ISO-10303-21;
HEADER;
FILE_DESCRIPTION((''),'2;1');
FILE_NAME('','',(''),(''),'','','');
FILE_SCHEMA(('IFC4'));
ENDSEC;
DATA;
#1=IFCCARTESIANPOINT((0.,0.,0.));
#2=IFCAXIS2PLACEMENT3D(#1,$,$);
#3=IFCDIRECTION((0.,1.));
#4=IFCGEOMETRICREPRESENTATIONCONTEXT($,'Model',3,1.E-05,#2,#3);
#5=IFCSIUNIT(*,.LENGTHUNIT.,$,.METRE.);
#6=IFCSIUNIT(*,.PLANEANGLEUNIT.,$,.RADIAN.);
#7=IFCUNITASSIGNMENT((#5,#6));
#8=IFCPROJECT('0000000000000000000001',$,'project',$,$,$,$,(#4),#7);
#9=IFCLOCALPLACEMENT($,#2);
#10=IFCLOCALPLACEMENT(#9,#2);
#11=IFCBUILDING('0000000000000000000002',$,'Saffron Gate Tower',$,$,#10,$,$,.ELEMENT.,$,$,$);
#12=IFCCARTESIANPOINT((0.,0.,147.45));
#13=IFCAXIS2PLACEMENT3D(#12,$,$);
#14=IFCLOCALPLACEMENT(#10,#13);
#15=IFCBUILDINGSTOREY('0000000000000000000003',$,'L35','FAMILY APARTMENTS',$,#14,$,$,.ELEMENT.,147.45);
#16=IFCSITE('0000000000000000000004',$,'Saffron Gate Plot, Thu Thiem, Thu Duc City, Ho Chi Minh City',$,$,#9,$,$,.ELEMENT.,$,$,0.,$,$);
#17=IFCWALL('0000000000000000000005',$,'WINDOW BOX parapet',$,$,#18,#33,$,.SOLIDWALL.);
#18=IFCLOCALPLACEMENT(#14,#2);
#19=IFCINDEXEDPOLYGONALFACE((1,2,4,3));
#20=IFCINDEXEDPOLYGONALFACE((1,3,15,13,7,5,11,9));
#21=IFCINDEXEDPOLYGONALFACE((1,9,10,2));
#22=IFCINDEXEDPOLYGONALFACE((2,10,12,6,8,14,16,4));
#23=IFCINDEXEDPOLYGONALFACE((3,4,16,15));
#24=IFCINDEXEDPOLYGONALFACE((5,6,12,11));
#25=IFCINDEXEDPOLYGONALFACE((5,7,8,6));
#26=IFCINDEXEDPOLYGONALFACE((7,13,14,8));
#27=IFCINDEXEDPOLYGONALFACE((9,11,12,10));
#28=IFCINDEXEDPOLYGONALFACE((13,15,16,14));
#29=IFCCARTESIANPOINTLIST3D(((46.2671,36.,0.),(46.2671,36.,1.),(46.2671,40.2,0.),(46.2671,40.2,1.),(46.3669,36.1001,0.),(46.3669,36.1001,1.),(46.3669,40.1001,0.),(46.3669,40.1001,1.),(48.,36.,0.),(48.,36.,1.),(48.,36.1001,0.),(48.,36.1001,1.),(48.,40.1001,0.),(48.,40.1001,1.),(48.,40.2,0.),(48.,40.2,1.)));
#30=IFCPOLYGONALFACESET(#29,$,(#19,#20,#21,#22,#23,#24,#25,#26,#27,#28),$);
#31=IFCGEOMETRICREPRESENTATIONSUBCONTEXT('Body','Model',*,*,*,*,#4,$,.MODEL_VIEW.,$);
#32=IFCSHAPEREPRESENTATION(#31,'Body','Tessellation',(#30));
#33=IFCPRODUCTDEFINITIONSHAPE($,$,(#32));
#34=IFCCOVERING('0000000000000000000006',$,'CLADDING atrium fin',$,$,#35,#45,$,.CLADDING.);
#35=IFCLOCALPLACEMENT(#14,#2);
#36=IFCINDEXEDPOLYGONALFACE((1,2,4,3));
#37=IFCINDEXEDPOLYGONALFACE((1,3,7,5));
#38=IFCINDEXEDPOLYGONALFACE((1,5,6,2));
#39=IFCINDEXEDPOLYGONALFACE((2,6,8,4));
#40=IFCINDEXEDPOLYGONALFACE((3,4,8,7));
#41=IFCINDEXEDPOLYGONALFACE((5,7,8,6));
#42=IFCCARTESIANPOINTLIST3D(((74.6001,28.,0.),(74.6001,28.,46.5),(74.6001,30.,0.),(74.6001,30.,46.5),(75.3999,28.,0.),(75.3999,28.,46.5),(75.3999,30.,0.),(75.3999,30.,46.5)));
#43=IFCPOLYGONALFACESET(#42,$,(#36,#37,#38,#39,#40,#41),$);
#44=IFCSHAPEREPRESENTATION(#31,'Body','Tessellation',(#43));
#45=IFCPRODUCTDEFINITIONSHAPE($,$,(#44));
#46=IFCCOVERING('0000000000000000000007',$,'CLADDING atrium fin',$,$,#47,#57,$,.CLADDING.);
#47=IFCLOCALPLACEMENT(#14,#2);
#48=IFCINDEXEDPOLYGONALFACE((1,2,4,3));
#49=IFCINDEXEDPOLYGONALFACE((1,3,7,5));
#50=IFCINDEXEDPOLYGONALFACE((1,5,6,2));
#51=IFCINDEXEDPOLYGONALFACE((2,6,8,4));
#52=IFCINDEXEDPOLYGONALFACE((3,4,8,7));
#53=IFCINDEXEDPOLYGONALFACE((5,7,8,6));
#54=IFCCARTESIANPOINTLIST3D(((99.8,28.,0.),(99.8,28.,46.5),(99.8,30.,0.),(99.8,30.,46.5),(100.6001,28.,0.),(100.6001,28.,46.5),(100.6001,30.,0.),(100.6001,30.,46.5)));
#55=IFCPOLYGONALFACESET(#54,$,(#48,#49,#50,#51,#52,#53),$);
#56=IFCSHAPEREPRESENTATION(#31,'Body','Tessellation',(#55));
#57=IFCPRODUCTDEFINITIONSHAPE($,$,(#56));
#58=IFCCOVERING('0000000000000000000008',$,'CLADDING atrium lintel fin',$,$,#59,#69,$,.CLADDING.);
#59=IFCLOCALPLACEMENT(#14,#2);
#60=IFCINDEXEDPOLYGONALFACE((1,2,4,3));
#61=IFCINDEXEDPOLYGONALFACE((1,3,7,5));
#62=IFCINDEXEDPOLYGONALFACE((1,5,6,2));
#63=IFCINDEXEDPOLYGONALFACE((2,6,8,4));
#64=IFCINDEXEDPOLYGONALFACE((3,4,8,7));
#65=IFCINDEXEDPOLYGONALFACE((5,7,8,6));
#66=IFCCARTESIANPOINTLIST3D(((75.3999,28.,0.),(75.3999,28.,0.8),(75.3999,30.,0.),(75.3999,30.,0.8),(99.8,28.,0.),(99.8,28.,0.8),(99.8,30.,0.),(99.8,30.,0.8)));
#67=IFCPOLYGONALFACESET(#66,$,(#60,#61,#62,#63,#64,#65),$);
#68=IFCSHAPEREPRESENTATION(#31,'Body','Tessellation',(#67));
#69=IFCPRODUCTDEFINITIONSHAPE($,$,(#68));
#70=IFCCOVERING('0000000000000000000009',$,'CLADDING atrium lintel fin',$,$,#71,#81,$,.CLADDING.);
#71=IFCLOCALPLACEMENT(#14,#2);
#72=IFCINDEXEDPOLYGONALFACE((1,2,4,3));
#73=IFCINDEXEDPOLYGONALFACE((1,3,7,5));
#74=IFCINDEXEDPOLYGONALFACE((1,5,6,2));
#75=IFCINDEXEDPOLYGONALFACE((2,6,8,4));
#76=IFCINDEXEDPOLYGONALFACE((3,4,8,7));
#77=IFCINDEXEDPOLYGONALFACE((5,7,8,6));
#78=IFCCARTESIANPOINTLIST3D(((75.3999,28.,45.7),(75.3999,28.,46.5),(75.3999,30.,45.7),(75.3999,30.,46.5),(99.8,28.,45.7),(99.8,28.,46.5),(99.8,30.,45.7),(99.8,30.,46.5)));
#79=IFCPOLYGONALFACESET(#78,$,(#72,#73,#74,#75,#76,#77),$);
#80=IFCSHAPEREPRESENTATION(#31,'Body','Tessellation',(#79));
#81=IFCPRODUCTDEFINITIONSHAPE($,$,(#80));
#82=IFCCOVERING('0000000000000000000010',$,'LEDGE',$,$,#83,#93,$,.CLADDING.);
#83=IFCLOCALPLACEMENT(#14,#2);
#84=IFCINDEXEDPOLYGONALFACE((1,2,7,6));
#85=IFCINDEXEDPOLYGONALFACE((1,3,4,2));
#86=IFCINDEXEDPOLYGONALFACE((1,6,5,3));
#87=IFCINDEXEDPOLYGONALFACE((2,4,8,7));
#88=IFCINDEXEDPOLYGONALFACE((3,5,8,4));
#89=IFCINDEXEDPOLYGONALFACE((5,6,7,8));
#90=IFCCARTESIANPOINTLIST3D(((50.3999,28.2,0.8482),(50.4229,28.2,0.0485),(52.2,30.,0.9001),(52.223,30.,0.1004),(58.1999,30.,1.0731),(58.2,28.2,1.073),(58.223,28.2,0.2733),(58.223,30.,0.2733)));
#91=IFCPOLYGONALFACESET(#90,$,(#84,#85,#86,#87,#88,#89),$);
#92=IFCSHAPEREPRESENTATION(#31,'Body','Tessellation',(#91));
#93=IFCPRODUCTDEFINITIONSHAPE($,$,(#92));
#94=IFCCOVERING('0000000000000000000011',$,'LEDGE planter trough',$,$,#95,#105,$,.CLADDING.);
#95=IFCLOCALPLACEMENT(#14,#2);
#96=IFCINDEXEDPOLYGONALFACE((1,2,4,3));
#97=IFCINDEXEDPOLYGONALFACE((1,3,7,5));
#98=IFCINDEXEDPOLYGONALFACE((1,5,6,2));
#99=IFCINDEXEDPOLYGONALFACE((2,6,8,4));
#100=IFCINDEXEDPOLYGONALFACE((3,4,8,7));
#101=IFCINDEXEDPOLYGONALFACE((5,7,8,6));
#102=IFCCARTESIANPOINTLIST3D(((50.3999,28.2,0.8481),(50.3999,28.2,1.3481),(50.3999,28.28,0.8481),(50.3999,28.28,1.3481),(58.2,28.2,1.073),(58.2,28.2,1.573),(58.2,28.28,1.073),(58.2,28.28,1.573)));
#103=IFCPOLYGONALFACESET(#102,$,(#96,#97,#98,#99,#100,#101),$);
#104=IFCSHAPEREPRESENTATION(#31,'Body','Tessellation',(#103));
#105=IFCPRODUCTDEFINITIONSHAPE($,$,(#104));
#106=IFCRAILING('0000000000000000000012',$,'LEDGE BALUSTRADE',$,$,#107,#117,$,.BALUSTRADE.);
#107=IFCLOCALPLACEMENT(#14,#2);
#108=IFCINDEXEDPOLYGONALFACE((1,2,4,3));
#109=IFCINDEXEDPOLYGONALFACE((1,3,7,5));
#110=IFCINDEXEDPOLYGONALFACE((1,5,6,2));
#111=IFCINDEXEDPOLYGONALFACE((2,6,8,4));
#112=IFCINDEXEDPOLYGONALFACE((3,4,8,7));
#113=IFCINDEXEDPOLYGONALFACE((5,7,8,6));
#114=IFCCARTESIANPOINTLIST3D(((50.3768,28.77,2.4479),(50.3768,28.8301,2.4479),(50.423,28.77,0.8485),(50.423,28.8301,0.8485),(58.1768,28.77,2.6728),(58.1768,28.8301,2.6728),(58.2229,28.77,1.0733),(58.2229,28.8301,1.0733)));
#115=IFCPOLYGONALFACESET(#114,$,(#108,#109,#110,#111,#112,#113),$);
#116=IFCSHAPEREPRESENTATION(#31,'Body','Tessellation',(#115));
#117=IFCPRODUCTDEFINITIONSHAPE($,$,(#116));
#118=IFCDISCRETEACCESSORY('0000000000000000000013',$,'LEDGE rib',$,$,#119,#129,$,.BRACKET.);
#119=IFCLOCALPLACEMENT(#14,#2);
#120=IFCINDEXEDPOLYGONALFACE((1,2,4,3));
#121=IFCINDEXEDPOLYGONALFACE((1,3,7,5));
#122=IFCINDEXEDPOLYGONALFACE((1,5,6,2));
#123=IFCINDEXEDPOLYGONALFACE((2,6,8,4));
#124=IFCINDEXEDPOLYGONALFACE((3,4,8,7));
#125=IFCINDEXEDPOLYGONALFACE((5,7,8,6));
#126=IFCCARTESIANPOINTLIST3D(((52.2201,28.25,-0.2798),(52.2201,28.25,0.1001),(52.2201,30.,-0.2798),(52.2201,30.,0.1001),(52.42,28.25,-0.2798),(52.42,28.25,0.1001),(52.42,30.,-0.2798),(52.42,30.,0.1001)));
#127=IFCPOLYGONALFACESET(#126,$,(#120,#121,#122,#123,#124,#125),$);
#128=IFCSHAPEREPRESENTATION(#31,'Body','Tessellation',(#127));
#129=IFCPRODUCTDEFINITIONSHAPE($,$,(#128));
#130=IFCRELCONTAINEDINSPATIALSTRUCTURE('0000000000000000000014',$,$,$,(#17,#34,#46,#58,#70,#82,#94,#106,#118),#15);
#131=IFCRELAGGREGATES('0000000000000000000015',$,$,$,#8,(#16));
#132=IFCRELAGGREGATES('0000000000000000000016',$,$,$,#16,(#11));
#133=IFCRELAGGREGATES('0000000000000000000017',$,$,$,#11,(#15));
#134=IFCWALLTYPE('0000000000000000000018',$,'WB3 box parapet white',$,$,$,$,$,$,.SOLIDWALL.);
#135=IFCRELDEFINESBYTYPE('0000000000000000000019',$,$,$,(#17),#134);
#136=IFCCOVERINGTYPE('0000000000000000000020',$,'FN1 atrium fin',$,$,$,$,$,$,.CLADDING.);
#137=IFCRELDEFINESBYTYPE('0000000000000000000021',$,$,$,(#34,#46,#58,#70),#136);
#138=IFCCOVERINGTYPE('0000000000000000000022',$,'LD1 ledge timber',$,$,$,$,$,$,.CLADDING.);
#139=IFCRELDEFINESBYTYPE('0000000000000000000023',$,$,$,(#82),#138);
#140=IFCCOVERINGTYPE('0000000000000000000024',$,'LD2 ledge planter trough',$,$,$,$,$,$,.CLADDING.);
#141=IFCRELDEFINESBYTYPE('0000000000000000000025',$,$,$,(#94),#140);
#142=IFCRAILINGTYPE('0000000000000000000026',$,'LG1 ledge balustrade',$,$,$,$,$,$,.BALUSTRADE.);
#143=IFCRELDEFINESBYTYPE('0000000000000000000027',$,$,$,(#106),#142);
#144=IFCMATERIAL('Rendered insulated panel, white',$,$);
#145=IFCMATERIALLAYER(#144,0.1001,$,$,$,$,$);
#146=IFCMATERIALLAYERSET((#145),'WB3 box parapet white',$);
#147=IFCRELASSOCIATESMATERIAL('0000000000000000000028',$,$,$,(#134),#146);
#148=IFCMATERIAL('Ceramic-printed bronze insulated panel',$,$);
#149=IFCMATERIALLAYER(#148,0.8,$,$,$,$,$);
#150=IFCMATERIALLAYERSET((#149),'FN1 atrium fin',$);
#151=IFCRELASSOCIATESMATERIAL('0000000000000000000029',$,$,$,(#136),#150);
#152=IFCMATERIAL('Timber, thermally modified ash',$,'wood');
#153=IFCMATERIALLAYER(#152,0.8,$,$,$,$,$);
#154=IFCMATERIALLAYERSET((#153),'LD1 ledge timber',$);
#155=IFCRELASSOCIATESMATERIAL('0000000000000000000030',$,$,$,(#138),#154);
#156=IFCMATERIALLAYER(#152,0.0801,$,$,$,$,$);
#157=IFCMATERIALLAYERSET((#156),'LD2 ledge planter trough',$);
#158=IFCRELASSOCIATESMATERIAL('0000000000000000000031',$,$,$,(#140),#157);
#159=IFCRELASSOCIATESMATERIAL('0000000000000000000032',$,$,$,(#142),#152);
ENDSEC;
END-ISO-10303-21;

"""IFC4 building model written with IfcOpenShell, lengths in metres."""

from ifc_helpers import new_model, si_unit, direction, frame, origin, origin_2d, place, context, subcontext, project, spatial, polyline, rectangle, outline, extrude, material, layer, layer_set, type_object, element, save


model = new_model("IFC4")

# Units and contexts
model_context = context("Model", 3, precision=1e-05, world=origin(), true_north=direction((0.0, 1.0)))
body_context = subcontext(model_context, "Body", "Model", "MODEL_VIEW")
ifc_project = project(units=[si_unit("LENGTHUNIT", "METRE"), si_unit("PLANEANGLEUNIT", "RADIAN")], contexts=[model_context])

# Site, building, storey
site_placement = place(None, origin())
site = spatial("IfcSite", under=ifc_project, at=site_placement, Name="Saffron Gate Plot, Thu Thiem, Thu Duc City, Ho Chi Minh City", CompositionType="ELEMENT", RefElevation=0.0)
building_placement = place(site_placement, origin())
building = spatial("IfcBuilding", under=site, at=building_placement, Name="Saffron Gate Tower", CompositionType="ELEMENT")
storey_placement = place(building_placement, frame((0.0, 0.0, 147.45)))
storey = spatial("IfcBuildingStorey", under=building, at=storey_placement, Name="L35", Description="FAMILY APARTMENTS", CompositionType="ELEMENT", Elevation=147.45)

# Wall
ifc_material_1 = material(Name="Rendered insulated panel, white")
ifc_layer_1 = layer(ifc_material_1, 0.1001)
ifc_layer_set_1 = layer_set([ifc_layer_1], Name="WB3 box parapet white")
wall_type = type_object("IfcWallType", Name="WB3 box parapet white", PredefinedType="SOLIDWALL", material=ifc_layer_set_1)
wall_1_placement = place(storey_placement, origin())
element("IfcWall", 1, at=wall_1_placement, inside=storey, type_object=wall_type, Name="WINDOW BOX parapet", PredefinedType="SOLIDWALL", context=body_context, shape_type="SweptSolid", body=[
    extrude(outline(polyline([(48.0, 40.2), (48.0, 40.1001), (46.3669, 40.1001), (46.3669, 36.1001), (48.0, 36.1001), (48.0, 36.0), (46.2671, 36.0), (46.2671, 40.2), (48.0, 40.2)])), origin(), (0.0, 0.0, 1.0), 1.0),
])

# Coverings
ifc_material_2 = material(Name="Ceramic-printed bronze insulated panel")
ifc_layer_2 = layer(ifc_material_2, 0.8)
ifc_layer_set_2 = layer_set([ifc_layer_2], Name="FN1 atrium fin")
covering_type_1 = type_object("IfcCoveringType", Name="FN1 atrium fin", PredefinedType="CLADDING", material=ifc_layer_set_2)
covering_1_placement = place(storey_placement, origin())
element("IfcCovering", 2, at=covering_1_placement, inside=storey, type_object=covering_type_1, Name="CLADDING atrium fin", PredefinedType="CLADDING", context=body_context, shape_type="SweptSolid", body=[
    extrude(outline(polyline([(74.6001, 30.0), (75.3999, 30.0), (75.3999, 28.0), (74.6001, 28.0), (74.6001, 30.0)])), origin(), (0.0, 0.0, 1.0), 46.5),
])
covering_2_placement = place(storey_placement, origin())
element("IfcCovering", 3, at=covering_2_placement, inside=storey, type_object=covering_type_1, Name="CLADDING atrium fin", PredefinedType="CLADDING", context=body_context, shape_type="SweptSolid", body=[
    extrude(outline(polyline([(99.8, 30.0), (100.6001, 30.0), (100.6001, 28.0), (99.8, 28.0), (99.8, 30.0)])), origin(), (0.0, 0.0, 1.0), 46.5),
])
for number, where, name in (
    (4, (0.0, 0.0, 0.0), "CLADDING atrium lintel fin"),
    (5, (0.0, 0.0, 45.7), "CLADDING atrium lintel fin"),
):
    element("IfcCovering", number, at=place(storey_placement, frame(where)), inside=storey, type_object=covering_type_1, Name=name, PredefinedType="CLADDING", context=body_context, shape_type="SweptSolid", body=[
        extrude(outline(polyline([(75.3999, 30.0), (99.8, 30.0), (99.8, 28.0), (75.3999, 28.0), (75.3999, 30.0)])), origin(), (0.0, 0.0, 1.0), 0.8),
    ])
ifc_material_3 = material(Name="Timber, thermally modified ash", Category="wood")
ifc_layer_3 = layer(ifc_material_3, 0.8)
ifc_layer_set_3 = layer_set([ifc_layer_3], Name="LD1 ledge timber")
covering_type_2 = type_object("IfcCoveringType", Name="LD1 ledge timber", PredefinedType="CLADDING", material=ifc_layer_set_3)
covering_3_placement = place(storey_placement, frame((52.2, 30.0, 0.9001), z_axis=(-0.028807, -0.000035, 0.999585), x_axis=(0.999585, 0.0, 0.028807)))
element("IfcCovering", 6, at=covering_3_placement, inside=storey, type_object=covering_type_2, Name="LEDGE", PredefinedType="CLADDING", context=body_context, shape_type="SweptSolid", body=[
    extrude(outline(polyline([(0.0, 0.0), (6.0025, 0.0), (6.0025, -1.8), (-1.8008, -1.8), (0.0, 0.0)])), origin(), (0.0, 0.0, -1.0), 0.8),
])
ifc_layer_4 = layer(ifc_material_3, 0.0801)
ifc_layer_set_4 = layer_set([ifc_layer_4], Name="LD2 ledge planter trough")
covering_type_3 = type_object("IfcCoveringType", Name="LD2 ledge planter trough", PredefinedType="CLADDING", material=ifc_layer_set_4)
covering_4_placement = place(storey_placement, frame((50.3999, 28.2, 0.8481), z_axis=(0.0, -1.0, 0.0), x_axis=(0.999585, 0.0, 0.028815)))
element("IfcCovering", 7, at=covering_4_placement, inside=storey, type_object=covering_type_3, Name="LEDGE planter trough", PredefinedType="CLADDING", context=body_context, shape_type="SweptSolid", body=[
    extrude(outline(polyline([(0.0, 0.0), (7.8033, 0.0), (7.8177, 0.4998), (0.0144, 0.4998), (0.0, 0.0)])), origin(), (0.0, 0.0, -1.0), 0.0801),
])

# Railing
railing_type = type_object("IfcRailingType", Name="LG1 ledge balustrade", PredefinedType="BALUSTRADE", material=ifc_material_3)
railing_placement = place(storey_placement, frame((50.3999, 28.8, 0.8481)))
element("IfcRailing", 8, at=railing_placement, inside=storey, type_object=railing_type, Name="LEDGE BALUSTRADE", PredefinedType="BALUSTRADE", context=body_context, shape_type="SweptSolid", body=[
    extrude(rectangle(XDim=0.0601, YDim=1.6001, at=origin_2d()), frame((0.0, 0.0, 0.8), z_axis=(0.999585, 0.0, 0.028815), x_axis=(0.0, 1.0, 0.0)), (0.0, 0.0, 1.0), 7.8032),
])

# Discrete accessory
discrete_accessory_placement = place(storey_placement, frame((52.3201, 29.125, -0.2798), z_axis=(0.0, 0.0, 1.0), x_axis=(1.0, 0.0, 0.0)))
element("IfcDiscreteAccessory", 9, at=discrete_accessory_placement, inside=storey, Name="LEDGE rib", PredefinedType="BRACKET", context=body_context, shape_type="SweptSolid", body=[
    extrude(rectangle(XDim=0.2, YDim=1.75, at=origin_2d()), origin(), (0.0, 0.0, 1.0), 0.3799),
])

save(model, "model.ifc")
